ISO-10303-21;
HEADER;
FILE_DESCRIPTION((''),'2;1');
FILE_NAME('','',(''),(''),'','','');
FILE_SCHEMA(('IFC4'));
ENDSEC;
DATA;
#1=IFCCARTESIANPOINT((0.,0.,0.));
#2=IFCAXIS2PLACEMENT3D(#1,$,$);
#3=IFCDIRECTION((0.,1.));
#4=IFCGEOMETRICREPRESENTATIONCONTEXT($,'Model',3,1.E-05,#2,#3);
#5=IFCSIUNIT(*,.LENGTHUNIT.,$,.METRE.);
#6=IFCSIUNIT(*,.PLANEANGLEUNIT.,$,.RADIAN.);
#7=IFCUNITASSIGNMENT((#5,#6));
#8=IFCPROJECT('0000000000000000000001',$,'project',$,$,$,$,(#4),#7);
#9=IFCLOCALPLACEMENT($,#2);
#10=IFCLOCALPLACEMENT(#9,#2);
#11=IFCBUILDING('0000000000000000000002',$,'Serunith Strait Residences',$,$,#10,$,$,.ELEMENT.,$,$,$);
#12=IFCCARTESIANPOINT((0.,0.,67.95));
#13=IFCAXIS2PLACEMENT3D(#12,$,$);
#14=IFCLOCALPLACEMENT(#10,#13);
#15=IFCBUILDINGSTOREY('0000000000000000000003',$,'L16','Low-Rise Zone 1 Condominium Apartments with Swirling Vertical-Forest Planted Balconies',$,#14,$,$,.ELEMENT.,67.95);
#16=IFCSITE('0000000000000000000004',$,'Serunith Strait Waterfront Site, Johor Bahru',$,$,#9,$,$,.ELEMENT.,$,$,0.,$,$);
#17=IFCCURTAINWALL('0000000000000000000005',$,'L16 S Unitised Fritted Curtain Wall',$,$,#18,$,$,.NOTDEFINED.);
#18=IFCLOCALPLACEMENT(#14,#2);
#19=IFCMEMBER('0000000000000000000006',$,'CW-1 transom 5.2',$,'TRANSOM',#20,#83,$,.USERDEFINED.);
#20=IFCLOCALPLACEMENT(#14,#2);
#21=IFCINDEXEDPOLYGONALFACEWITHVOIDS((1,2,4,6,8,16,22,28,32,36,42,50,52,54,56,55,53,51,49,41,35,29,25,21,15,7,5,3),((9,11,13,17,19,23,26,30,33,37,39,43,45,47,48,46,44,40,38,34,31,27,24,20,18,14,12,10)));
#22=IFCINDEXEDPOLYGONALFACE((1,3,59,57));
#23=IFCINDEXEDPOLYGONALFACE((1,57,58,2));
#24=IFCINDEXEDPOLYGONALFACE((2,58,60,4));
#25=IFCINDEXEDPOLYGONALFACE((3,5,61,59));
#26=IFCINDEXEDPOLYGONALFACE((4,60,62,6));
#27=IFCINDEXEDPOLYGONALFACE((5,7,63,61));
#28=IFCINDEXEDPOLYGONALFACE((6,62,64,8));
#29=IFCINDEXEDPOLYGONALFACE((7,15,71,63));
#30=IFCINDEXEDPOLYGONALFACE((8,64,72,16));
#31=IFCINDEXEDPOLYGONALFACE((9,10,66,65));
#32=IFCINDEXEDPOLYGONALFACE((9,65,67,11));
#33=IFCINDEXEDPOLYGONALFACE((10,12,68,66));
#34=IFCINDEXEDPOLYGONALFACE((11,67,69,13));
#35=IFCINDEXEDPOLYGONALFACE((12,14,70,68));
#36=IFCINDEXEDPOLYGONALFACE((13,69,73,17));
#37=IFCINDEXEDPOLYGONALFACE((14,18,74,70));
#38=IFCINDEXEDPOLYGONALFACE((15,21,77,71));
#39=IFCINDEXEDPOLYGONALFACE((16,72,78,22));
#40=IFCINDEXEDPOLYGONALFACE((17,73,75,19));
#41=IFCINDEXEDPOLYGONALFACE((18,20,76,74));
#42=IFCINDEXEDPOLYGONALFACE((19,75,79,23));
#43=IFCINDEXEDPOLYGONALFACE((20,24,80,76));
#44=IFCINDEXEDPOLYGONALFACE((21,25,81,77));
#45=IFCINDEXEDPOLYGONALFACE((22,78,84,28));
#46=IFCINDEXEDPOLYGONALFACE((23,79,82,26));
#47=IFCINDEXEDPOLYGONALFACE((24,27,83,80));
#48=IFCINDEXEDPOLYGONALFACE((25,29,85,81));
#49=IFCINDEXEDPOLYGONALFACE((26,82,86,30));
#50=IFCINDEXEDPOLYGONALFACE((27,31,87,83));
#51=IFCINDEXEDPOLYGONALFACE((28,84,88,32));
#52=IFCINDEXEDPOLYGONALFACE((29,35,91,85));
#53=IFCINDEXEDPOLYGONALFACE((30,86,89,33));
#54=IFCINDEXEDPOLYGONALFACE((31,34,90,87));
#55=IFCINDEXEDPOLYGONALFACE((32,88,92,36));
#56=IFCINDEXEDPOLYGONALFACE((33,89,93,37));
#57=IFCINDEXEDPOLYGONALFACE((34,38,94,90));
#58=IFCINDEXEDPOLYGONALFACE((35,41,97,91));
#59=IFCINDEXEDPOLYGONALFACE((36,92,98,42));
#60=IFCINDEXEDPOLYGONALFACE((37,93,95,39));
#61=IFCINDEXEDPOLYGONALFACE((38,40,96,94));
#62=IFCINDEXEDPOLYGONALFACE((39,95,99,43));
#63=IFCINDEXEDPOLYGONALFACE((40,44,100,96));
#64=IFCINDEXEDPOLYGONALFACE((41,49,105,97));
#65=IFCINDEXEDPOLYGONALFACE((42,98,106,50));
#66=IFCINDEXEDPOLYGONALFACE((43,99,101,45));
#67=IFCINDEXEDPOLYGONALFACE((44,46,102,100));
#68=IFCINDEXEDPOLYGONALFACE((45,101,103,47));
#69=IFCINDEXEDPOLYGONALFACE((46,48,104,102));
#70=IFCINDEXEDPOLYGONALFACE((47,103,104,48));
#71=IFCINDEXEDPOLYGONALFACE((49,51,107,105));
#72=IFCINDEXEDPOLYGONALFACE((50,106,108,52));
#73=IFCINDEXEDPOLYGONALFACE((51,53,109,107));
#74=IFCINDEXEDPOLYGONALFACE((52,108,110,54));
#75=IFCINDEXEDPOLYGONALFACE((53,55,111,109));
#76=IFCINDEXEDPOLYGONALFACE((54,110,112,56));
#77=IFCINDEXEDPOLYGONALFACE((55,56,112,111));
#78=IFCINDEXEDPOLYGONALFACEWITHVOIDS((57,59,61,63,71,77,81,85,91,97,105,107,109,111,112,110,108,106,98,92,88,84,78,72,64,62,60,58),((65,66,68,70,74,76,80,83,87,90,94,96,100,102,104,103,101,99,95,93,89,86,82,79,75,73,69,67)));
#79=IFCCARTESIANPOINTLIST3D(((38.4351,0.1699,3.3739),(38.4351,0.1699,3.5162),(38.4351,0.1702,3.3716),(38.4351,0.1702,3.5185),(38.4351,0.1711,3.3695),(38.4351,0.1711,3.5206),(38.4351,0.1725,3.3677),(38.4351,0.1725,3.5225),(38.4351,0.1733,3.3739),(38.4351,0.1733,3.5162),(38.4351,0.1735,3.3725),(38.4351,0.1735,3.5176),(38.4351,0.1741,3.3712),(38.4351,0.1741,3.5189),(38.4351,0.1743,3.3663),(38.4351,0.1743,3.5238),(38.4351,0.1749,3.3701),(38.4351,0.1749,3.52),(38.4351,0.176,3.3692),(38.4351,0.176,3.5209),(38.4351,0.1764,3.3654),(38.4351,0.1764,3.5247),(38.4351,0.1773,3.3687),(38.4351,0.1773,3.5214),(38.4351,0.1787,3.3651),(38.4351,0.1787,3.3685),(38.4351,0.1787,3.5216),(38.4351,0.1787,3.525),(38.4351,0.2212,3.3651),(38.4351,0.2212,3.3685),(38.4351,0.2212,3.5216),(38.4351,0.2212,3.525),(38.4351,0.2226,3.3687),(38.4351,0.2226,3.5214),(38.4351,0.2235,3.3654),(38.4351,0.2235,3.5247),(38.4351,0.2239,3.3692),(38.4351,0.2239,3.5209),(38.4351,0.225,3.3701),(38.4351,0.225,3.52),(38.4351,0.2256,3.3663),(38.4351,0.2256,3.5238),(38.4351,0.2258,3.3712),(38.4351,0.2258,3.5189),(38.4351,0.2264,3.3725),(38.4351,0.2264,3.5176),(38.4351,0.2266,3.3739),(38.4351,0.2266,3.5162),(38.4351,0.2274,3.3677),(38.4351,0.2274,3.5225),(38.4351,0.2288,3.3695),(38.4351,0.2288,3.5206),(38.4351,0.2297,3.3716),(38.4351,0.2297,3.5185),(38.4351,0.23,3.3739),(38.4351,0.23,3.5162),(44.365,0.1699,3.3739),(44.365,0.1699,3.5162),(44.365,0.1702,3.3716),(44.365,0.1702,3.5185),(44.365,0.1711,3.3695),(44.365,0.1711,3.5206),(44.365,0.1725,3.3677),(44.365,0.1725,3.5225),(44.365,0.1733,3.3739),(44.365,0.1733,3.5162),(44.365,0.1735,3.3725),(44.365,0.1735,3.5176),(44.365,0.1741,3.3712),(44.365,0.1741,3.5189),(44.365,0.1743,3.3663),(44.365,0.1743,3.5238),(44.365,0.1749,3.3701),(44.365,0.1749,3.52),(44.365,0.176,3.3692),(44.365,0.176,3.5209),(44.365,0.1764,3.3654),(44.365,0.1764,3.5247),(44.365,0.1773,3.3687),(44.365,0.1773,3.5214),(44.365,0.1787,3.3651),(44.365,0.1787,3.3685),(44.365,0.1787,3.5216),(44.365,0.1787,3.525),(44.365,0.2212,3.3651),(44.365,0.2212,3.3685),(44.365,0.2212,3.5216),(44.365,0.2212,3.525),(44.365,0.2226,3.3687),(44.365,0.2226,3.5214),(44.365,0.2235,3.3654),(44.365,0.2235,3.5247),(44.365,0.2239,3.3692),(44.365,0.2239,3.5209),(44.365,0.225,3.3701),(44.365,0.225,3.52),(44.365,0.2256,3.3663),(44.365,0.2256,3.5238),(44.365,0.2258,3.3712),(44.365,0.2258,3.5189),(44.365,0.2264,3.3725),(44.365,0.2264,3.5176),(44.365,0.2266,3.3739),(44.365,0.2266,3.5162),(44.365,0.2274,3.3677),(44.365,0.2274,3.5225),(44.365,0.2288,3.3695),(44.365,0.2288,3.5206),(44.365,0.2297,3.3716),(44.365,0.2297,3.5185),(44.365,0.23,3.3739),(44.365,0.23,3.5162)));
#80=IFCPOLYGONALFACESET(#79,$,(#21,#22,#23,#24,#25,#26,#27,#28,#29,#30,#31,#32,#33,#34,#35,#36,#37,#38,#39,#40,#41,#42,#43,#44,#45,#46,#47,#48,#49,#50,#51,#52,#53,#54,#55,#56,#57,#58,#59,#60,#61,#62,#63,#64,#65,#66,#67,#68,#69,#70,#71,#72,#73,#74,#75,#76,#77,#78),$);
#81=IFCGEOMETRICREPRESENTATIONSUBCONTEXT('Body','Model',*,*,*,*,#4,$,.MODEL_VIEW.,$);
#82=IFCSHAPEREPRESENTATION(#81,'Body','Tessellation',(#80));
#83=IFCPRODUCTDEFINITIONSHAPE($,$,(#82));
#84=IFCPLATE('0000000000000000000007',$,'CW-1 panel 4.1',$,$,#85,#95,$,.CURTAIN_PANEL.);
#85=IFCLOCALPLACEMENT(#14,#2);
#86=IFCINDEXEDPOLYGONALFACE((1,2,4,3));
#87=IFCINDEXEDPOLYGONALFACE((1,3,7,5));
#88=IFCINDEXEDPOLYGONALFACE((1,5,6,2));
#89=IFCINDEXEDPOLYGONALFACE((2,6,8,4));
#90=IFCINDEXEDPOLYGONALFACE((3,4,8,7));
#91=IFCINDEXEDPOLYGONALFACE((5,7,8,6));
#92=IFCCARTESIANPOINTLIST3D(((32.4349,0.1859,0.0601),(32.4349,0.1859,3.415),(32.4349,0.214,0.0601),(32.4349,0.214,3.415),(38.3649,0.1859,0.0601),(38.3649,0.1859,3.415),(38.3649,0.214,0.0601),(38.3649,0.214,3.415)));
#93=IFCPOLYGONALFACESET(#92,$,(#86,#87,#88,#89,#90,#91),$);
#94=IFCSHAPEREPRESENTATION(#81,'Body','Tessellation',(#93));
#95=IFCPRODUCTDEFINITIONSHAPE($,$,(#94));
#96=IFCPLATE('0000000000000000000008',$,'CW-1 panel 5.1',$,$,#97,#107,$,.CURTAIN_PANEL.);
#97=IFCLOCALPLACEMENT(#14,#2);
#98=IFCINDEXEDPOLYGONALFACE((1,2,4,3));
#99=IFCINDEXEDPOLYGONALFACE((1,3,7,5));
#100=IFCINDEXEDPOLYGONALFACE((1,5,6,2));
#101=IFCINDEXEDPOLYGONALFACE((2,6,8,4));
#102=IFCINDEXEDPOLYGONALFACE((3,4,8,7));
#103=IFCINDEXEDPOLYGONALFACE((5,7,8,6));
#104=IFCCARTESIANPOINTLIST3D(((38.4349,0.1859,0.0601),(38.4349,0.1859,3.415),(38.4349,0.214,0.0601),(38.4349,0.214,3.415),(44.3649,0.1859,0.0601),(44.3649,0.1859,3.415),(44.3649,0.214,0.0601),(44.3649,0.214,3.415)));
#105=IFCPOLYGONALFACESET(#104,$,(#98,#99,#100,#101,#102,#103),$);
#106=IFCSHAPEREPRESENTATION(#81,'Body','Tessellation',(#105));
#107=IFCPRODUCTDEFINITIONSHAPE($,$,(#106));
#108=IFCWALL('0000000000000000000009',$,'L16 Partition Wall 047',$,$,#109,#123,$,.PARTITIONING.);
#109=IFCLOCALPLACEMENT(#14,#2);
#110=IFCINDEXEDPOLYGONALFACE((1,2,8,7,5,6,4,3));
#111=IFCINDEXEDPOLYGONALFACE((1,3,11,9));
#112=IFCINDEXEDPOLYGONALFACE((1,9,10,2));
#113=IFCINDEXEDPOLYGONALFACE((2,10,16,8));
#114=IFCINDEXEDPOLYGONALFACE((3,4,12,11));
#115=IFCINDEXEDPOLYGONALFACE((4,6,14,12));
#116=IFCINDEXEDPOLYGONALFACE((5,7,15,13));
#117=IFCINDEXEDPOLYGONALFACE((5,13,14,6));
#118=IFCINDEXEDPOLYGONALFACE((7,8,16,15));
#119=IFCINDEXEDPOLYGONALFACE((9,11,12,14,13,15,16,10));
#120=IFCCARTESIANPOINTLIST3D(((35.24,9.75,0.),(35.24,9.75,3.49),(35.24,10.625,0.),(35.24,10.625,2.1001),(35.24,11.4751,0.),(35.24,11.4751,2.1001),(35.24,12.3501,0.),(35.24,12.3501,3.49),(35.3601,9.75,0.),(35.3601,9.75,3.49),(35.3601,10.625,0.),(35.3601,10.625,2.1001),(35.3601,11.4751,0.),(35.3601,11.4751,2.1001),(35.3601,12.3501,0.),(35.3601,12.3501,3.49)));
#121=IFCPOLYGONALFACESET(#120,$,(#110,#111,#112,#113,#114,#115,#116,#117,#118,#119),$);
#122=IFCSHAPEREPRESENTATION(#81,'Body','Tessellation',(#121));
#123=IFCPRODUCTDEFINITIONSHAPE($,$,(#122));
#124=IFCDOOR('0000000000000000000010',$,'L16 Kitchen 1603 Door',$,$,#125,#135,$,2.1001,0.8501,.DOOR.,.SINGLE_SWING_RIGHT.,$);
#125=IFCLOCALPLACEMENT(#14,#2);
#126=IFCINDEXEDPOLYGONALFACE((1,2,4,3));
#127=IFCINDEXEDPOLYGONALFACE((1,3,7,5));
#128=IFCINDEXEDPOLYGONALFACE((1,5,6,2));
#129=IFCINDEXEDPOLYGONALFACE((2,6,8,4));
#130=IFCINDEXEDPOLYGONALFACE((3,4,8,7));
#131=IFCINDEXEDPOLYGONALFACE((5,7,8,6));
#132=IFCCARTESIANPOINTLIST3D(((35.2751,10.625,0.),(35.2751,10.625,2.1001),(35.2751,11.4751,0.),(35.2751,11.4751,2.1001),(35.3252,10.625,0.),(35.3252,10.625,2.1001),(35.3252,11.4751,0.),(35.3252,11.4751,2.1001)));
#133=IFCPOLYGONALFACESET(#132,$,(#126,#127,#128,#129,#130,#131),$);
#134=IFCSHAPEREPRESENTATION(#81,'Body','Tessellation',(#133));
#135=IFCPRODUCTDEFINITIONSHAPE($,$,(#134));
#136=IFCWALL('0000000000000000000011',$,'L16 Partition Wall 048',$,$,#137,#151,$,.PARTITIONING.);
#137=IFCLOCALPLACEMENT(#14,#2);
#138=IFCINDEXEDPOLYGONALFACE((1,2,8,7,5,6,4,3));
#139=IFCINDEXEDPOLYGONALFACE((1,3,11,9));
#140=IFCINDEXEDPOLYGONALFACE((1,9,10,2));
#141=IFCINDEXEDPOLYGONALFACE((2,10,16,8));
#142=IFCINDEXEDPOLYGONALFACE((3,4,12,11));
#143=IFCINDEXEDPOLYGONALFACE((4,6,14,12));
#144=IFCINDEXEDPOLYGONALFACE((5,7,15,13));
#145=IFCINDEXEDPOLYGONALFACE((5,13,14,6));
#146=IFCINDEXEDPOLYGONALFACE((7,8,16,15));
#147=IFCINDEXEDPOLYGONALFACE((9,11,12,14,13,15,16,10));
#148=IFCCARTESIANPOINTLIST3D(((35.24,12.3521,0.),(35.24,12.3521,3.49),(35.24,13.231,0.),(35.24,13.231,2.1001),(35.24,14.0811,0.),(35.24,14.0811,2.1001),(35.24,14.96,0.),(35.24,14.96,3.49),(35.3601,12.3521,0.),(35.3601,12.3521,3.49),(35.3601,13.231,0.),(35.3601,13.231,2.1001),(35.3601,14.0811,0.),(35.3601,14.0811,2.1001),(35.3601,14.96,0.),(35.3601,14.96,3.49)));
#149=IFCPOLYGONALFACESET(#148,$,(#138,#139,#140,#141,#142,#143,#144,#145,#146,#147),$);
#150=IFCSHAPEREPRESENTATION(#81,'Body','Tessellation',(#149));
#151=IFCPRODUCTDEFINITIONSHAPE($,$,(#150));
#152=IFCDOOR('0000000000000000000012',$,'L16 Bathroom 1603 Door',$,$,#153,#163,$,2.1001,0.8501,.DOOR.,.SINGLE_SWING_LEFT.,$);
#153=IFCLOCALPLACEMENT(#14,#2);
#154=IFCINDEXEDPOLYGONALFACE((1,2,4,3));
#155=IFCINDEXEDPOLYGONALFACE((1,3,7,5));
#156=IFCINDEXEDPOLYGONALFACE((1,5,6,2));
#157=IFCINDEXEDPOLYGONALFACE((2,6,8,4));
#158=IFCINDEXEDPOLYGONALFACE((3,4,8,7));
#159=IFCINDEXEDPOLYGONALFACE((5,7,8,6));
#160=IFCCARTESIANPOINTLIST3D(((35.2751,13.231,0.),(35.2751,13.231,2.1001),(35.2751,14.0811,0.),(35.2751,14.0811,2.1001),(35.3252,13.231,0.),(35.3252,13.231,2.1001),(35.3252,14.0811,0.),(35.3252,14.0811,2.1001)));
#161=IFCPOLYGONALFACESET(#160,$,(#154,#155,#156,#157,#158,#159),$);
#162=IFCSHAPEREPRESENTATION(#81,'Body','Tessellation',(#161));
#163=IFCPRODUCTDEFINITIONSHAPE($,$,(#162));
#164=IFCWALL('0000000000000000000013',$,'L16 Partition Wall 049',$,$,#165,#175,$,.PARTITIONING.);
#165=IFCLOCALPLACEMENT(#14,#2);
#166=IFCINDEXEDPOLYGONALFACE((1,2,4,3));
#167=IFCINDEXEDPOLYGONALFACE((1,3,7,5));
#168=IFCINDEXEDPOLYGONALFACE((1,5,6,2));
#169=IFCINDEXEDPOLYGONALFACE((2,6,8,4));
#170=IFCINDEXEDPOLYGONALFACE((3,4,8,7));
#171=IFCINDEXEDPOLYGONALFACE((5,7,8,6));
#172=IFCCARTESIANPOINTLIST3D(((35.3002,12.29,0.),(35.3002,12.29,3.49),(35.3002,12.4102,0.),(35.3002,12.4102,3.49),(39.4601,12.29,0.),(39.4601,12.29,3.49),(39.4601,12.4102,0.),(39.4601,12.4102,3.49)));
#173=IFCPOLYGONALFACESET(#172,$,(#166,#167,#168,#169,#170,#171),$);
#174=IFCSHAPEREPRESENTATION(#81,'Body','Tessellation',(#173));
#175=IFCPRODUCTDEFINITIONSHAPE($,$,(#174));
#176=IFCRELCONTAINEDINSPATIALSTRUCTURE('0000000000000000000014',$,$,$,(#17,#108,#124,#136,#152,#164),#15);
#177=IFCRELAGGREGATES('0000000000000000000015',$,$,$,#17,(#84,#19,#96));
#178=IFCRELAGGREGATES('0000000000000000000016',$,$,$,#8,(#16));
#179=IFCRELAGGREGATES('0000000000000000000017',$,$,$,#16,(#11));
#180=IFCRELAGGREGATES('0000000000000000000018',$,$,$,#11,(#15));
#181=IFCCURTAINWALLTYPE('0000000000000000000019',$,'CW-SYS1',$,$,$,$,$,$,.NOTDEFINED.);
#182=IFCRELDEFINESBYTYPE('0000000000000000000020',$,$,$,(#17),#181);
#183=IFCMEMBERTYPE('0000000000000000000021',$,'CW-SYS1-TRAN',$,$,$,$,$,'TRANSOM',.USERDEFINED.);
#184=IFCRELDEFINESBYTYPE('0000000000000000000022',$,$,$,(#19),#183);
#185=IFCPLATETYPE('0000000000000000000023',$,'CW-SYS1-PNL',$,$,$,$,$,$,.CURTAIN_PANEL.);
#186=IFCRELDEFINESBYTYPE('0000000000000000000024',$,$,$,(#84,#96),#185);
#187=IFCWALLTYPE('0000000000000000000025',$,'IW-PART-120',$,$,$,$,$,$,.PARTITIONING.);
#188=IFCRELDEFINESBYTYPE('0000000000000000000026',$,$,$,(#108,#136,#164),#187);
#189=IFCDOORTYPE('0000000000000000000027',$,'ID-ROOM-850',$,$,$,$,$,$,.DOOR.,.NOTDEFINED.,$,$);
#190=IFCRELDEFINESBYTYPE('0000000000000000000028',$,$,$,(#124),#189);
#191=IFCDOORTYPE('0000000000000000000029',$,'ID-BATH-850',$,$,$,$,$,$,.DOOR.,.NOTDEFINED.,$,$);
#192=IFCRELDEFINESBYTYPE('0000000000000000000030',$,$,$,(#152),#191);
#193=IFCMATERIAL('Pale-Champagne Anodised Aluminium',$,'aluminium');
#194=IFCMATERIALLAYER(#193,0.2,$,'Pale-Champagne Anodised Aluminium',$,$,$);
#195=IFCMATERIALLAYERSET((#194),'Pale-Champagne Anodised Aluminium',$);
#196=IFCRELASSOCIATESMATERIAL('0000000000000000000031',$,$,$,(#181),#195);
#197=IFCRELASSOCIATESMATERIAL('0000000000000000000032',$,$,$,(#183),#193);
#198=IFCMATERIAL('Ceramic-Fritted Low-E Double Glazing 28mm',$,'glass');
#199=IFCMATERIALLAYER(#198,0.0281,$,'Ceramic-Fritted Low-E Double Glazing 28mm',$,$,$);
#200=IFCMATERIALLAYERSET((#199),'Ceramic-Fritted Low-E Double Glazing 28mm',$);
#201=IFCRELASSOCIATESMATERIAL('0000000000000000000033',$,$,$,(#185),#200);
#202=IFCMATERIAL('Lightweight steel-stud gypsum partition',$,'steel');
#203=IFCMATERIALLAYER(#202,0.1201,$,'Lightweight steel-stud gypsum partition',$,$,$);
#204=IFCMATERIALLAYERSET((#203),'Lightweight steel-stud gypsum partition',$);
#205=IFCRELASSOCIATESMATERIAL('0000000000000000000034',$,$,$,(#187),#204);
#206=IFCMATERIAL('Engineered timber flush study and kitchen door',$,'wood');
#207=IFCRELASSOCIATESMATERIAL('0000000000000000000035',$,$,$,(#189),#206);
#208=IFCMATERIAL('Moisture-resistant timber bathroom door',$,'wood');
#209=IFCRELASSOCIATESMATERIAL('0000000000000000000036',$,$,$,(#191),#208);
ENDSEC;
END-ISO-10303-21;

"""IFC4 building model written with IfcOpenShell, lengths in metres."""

from ifc_helpers import new_model, si_unit, direction, frame, frame_2d, origin, origin_2d, place, context, subcontext, project, spatial, rectangle, hollow_rectangle, extrude, source, transform, mapped, material, layer, layer_set, material_profile, profile_set, type_object, element, fill, aggregate, save


model = new_model("IFC4")

# Units and contexts
model_context = context("Model", 3, precision=1e-05, world=origin(), true_north=direction((0.0, 1.0)))
body_context = subcontext(model_context, "Body", "Model", "MODEL_VIEW")
ifc_project = project(units=[si_unit("LENGTHUNIT", "METRE"), si_unit("PLANEANGLEUNIT", "RADIAN")], contexts=[model_context])

# Site, building, storey
site_placement = place(None, origin())
site = spatial("IfcSite", under=ifc_project, at=site_placement, Name="Serunith Strait Waterfront Site, Johor Bahru", CompositionType="ELEMENT", RefElevation=0.0)
building_placement = place(site_placement, origin())
building = spatial("IfcBuilding", under=site, at=building_placement, Name="Serunith Strait Residences", CompositionType="ELEMENT")
storey_placement = place(building_placement, frame((0.0, 0.0, 67.95)))
storey = spatial("IfcBuildingStorey", under=building, at=storey_placement, Name="L16", Description="Low-Rise Zone 1 Condominium Apartments with Swirling Vertical-Forest Planted Balconies", CompositionType="ELEMENT", Elevation=67.95)

# Curtain wall, member, plates
ifc_material_1 = material(Name="Pale-Champagne Anodised Aluminium", Category="aluminium")
ifc_layer_1 = layer(ifc_material_1, 0.2, Name="Pale-Champagne Anodised Aluminium")
ifc_layer_set_1 = layer_set([ifc_layer_1], Name="Pale-Champagne Anodised Aluminium")
curtain_wall_type = type_object("IfcCurtainWallType", Name="CW-SYS1", PredefinedType="NOTDEFINED", material=ifc_layer_set_1)
curtain_wall_placement = place(storey_placement, origin())
curtain_wall = element("IfcCurtainWall", 1, at=curtain_wall_placement, inside=storey, type_object=curtain_wall_type, Name="L16 S Unitised Fritted Curtain Wall", PredefinedType="NOTDEFINED")
ifc_material_profile_1 = material_profile(ifc_material_1, hollow_rectangle(XDim=0.0601, YDim=0.1599, WallThickness=0.0034, InnerFilletRadius=0.0054, OuterFilletRadius=0.0088, at=origin_2d()), Name="ALU 160x60x3.5")
ifc_profile_set_1 = profile_set([ifc_material_profile_1], Name="Pale-Champagne Anodised Aluminium")
member_type_1 = type_object("IfcMemberType", Name="CW-SYS1-TRAN", ElementType="TRANSOM", PredefinedType="USERDEFINED", material=ifc_profile_set_1)
shared_shape_1 = source(origin(), body_context, "Body", "SweptSolid", [
    extrude(hollow_rectangle(XDim=0.0601, YDim=0.1599, WallThickness=0.0034, InnerFilletRadius=0.0054, OuterFilletRadius=0.0088, at=origin_2d()), origin(), (0.0, 0.0, 1.0), 5.9299),
])
member_1_placement = place(storey_placement, frame((38.4351, 0.2, 3.4451), z_axis=(1.0, 0.0, 0.0), x_axis=(0.0, 1.0, 0.0)))
member_1 = element("IfcMember", 2, at=member_1_placement, type_object=member_type_1, Name="CW-1 transom 5.2", ObjectType="TRANSOM", PredefinedType="USERDEFINED", context=body_context, shape_type="MappedRepresentation", body=[
    mapped(shared_shape_1, transform((0.0, 0.0, 0.0), scale=1.0)),
])
ifc_material_2 = material(Name="Ceramic-Fritted Low-E Double Glazing 28mm", Category="glass")
ifc_layer_2 = layer(ifc_material_2, 0.0281, Name="Ceramic-Fritted Low-E Double Glazing 28mm")
ifc_layer_set_2 = layer_set([ifc_layer_2], Name="Ceramic-Fritted Low-E Double Glazing 28mm")
plate_type = type_object("IfcPlateType", Name="CW-SYS1-PNL", PredefinedType="CURTAIN_PANEL", material=ifc_layer_set_2)
shared_shape_2 = source(origin(), body_context, "Body", "SweptSolid", [
    extrude(rectangle(XDim=5.9299, YDim=0.0281, at=origin_2d()), origin(), (0.0, 0.0, 1.0), 3.355),
])
plate_1_placement = place(storey_placement, frame((35.3999, 0.2, 0.0601), z_axis=(0.0, 0.0, 1.0), x_axis=(1.0, 0.0, 0.0)))
plate_1 = element("IfcPlate", 3, at=plate_1_placement, type_object=plate_type, Name="CW-1 panel 4.1", PredefinedType="CURTAIN_PANEL", context=body_context, shape_type="MappedRepresentation", body=[
    mapped(shared_shape_2, transform((0.0, 0.0, 0.0), scale=1.0)),
])
plate_2_placement = place(storey_placement, frame((41.3999, 0.2, 0.0601), z_axis=(0.0, 0.0, 1.0), x_axis=(1.0, 0.0, 0.0)))
plate_2 = element("IfcPlate", 4, at=plate_2_placement, type_object=plate_type, Name="CW-1 panel 5.1", PredefinedType="CURTAIN_PANEL", context=body_context, shape_type="MappedRepresentation", body=[
    mapped(shared_shape_2, transform((0.0, 0.0, 0.0), scale=1.0)),
])
aggregate(curtain_wall, [plate_1, member_1, plate_2])

# Walls, openings, doors
ifc_material_3 = material(Name="Lightweight steel-stud gypsum partition", Category="steel")
ifc_layer_3 = layer(ifc_material_3, 0.1201, Name="Lightweight steel-stud gypsum partition")
ifc_layer_set_3 = layer_set([ifc_layer_3], Name="Lightweight steel-stud gypsum partition")
wall_type_1 = type_object("IfcWallType", Name="IW-PART-120", PredefinedType="PARTITIONING", material=ifc_layer_set_3)
wall_1_placement = place(storey_placement, frame((35.3, 9.75, 0.0), z_axis=(0.0, 0.0, 1.0), x_axis=(0.0, 1.0, 0.0)))
wall_1 = element("IfcWall", 5, at=wall_1_placement, inside=storey, type_object=wall_type_1, Name="L16 Partition Wall 047", PredefinedType="PARTITIONING", context=body_context, shape_type="SweptSolid", body=[
    extrude(rectangle(XDim=2.6001, YDim=0.1201, at=frame_2d((1.3, 0.0))), origin(), (0.0, 0.0, 1.0), 3.49),
])
opening_1_placement = place(wall_1_placement, frame((0.875, 0.0, 0.0)))
opening_1 = element("IfcOpeningElement", 6, at=opening_1_placement, cuts=wall_1, PredefinedType="OPENING", context=body_context, shape_type="SweptSolid", body=[
    extrude(rectangle(XDim=0.8501, YDim=2.1001, at=frame_2d((0.425, 1.05))), frame((0.0, 0.0701, 0.0), z_axis=(0.0, -1.0, 0.0), x_axis=(1.0, 0.0, 0.0)), (0.0, 0.0, 1.0), 0.1401),
])
ifc_material_4 = material(Name="Engineered timber flush study and kitchen door", Category="wood")
door_type_1 = type_object("IfcDoorType", Name="ID-ROOM-850", OperationType="NOTDEFINED", PredefinedType="DOOR", material=ifc_material_4)
shared_shape_3 = source(origin(), body_context, "Body", "SweptSolid", [
    extrude(rectangle(XDim=0.8501, YDim=2.1001, at=frame_2d((0.425, 1.05))), frame((0.0, 0.0249, 0.0), z_axis=(0.0, -1.0, 0.0), x_axis=(1.0, 0.0, 0.0)), (0.0, 0.0, 1.0), 0.05),
])
door_1_placement = place(opening_1_placement, origin())
door_1 = element("IfcDoor", 7, at=door_1_placement, inside=storey, type_object=door_type_1, Name="L16 Kitchen 1603 Door", OperationType="SINGLE_SWING_RIGHT", OverallHeight=2.1001, OverallWidth=0.8501, PredefinedType="DOOR", context=body_context, shape_type="MappedRepresentation", body=[
    mapped(shared_shape_3, transform((0.0, 0.0, 0.0), scale=1.0)),
])
fill(opening_1, door_1)
wall_2_placement = place(storey_placement, frame((35.3, 12.3521, 0.0), z_axis=(0.0, 0.0, 1.0), x_axis=(0.0, 1.0, 0.0)))
wall_2 = element("IfcWall", 8, at=wall_2_placement, inside=storey, type_object=wall_type_1, Name="L16 Partition Wall 048", PredefinedType="PARTITIONING", context=body_context, shape_type="SweptSolid", body=[
    extrude(rectangle(XDim=2.6079, YDim=0.1201, at=frame_2d((1.304, 0.0))), origin(), (0.0, 0.0, 1.0), 3.49),
])
opening_2_placement = place(wall_2_placement, frame((0.8789, 0.0, 0.0)))
opening_2 = element("IfcOpeningElement", 9, at=opening_2_placement, cuts=wall_2, PredefinedType="OPENING", context=body_context, shape_type="SweptSolid", body=[
    extrude(rectangle(XDim=0.8501, YDim=2.1001, at=frame_2d((0.425, 1.05))), frame((0.0, 0.0701, 0.0), z_axis=(0.0, -1.0, 0.0), x_axis=(1.0, 0.0, 0.0)), (0.0, 0.0, 1.0), 0.1401),
])
ifc_material_5 = material(Name="Moisture-resistant timber bathroom door", Category="wood")
door_type_2 = type_object("IfcDoorType", Name="ID-BATH-850", OperationType="NOTDEFINED", PredefinedType="DOOR", material=ifc_material_5)
door_2_placement = place(opening_2_placement, origin())
door_2 = element("IfcDoor", 10, at=door_2_placement, inside=storey, type_object=door_type_2, Name="L16 Bathroom 1603 Door", OperationType="SINGLE_SWING_LEFT", OverallHeight=2.1001, OverallWidth=0.8501, PredefinedType="DOOR", context=body_context, shape_type="MappedRepresentation", body=[
    mapped(shared_shape_3, transform((0.0, 0.0, 0.0), scale=1.0)),
])
fill(opening_2, door_2)

# Wall
for number, where, z_axis, x_axis, name in (
    (11, (35.3, 12.3501, 0.0), (0.0, 0.0, 1.0), (1.0, 0.0, 0.0), "L16 Partition Wall 049"),
):
    element("IfcWall", number, at=place(storey_placement, frame(where, z_axis=z_axis, x_axis=x_axis)), inside=storey, type_object=wall_type_1, Name=name, PredefinedType="PARTITIONING", context=body_context, shape_type="SweptSolid", body=[
        extrude(rectangle(XDim=4.1599, YDim=0.1201, at=frame_2d((2.0801, 0.0))), origin(), (0.0, 0.0, 1.0), 3.49),
    ])

save(model, "model.ifc")
